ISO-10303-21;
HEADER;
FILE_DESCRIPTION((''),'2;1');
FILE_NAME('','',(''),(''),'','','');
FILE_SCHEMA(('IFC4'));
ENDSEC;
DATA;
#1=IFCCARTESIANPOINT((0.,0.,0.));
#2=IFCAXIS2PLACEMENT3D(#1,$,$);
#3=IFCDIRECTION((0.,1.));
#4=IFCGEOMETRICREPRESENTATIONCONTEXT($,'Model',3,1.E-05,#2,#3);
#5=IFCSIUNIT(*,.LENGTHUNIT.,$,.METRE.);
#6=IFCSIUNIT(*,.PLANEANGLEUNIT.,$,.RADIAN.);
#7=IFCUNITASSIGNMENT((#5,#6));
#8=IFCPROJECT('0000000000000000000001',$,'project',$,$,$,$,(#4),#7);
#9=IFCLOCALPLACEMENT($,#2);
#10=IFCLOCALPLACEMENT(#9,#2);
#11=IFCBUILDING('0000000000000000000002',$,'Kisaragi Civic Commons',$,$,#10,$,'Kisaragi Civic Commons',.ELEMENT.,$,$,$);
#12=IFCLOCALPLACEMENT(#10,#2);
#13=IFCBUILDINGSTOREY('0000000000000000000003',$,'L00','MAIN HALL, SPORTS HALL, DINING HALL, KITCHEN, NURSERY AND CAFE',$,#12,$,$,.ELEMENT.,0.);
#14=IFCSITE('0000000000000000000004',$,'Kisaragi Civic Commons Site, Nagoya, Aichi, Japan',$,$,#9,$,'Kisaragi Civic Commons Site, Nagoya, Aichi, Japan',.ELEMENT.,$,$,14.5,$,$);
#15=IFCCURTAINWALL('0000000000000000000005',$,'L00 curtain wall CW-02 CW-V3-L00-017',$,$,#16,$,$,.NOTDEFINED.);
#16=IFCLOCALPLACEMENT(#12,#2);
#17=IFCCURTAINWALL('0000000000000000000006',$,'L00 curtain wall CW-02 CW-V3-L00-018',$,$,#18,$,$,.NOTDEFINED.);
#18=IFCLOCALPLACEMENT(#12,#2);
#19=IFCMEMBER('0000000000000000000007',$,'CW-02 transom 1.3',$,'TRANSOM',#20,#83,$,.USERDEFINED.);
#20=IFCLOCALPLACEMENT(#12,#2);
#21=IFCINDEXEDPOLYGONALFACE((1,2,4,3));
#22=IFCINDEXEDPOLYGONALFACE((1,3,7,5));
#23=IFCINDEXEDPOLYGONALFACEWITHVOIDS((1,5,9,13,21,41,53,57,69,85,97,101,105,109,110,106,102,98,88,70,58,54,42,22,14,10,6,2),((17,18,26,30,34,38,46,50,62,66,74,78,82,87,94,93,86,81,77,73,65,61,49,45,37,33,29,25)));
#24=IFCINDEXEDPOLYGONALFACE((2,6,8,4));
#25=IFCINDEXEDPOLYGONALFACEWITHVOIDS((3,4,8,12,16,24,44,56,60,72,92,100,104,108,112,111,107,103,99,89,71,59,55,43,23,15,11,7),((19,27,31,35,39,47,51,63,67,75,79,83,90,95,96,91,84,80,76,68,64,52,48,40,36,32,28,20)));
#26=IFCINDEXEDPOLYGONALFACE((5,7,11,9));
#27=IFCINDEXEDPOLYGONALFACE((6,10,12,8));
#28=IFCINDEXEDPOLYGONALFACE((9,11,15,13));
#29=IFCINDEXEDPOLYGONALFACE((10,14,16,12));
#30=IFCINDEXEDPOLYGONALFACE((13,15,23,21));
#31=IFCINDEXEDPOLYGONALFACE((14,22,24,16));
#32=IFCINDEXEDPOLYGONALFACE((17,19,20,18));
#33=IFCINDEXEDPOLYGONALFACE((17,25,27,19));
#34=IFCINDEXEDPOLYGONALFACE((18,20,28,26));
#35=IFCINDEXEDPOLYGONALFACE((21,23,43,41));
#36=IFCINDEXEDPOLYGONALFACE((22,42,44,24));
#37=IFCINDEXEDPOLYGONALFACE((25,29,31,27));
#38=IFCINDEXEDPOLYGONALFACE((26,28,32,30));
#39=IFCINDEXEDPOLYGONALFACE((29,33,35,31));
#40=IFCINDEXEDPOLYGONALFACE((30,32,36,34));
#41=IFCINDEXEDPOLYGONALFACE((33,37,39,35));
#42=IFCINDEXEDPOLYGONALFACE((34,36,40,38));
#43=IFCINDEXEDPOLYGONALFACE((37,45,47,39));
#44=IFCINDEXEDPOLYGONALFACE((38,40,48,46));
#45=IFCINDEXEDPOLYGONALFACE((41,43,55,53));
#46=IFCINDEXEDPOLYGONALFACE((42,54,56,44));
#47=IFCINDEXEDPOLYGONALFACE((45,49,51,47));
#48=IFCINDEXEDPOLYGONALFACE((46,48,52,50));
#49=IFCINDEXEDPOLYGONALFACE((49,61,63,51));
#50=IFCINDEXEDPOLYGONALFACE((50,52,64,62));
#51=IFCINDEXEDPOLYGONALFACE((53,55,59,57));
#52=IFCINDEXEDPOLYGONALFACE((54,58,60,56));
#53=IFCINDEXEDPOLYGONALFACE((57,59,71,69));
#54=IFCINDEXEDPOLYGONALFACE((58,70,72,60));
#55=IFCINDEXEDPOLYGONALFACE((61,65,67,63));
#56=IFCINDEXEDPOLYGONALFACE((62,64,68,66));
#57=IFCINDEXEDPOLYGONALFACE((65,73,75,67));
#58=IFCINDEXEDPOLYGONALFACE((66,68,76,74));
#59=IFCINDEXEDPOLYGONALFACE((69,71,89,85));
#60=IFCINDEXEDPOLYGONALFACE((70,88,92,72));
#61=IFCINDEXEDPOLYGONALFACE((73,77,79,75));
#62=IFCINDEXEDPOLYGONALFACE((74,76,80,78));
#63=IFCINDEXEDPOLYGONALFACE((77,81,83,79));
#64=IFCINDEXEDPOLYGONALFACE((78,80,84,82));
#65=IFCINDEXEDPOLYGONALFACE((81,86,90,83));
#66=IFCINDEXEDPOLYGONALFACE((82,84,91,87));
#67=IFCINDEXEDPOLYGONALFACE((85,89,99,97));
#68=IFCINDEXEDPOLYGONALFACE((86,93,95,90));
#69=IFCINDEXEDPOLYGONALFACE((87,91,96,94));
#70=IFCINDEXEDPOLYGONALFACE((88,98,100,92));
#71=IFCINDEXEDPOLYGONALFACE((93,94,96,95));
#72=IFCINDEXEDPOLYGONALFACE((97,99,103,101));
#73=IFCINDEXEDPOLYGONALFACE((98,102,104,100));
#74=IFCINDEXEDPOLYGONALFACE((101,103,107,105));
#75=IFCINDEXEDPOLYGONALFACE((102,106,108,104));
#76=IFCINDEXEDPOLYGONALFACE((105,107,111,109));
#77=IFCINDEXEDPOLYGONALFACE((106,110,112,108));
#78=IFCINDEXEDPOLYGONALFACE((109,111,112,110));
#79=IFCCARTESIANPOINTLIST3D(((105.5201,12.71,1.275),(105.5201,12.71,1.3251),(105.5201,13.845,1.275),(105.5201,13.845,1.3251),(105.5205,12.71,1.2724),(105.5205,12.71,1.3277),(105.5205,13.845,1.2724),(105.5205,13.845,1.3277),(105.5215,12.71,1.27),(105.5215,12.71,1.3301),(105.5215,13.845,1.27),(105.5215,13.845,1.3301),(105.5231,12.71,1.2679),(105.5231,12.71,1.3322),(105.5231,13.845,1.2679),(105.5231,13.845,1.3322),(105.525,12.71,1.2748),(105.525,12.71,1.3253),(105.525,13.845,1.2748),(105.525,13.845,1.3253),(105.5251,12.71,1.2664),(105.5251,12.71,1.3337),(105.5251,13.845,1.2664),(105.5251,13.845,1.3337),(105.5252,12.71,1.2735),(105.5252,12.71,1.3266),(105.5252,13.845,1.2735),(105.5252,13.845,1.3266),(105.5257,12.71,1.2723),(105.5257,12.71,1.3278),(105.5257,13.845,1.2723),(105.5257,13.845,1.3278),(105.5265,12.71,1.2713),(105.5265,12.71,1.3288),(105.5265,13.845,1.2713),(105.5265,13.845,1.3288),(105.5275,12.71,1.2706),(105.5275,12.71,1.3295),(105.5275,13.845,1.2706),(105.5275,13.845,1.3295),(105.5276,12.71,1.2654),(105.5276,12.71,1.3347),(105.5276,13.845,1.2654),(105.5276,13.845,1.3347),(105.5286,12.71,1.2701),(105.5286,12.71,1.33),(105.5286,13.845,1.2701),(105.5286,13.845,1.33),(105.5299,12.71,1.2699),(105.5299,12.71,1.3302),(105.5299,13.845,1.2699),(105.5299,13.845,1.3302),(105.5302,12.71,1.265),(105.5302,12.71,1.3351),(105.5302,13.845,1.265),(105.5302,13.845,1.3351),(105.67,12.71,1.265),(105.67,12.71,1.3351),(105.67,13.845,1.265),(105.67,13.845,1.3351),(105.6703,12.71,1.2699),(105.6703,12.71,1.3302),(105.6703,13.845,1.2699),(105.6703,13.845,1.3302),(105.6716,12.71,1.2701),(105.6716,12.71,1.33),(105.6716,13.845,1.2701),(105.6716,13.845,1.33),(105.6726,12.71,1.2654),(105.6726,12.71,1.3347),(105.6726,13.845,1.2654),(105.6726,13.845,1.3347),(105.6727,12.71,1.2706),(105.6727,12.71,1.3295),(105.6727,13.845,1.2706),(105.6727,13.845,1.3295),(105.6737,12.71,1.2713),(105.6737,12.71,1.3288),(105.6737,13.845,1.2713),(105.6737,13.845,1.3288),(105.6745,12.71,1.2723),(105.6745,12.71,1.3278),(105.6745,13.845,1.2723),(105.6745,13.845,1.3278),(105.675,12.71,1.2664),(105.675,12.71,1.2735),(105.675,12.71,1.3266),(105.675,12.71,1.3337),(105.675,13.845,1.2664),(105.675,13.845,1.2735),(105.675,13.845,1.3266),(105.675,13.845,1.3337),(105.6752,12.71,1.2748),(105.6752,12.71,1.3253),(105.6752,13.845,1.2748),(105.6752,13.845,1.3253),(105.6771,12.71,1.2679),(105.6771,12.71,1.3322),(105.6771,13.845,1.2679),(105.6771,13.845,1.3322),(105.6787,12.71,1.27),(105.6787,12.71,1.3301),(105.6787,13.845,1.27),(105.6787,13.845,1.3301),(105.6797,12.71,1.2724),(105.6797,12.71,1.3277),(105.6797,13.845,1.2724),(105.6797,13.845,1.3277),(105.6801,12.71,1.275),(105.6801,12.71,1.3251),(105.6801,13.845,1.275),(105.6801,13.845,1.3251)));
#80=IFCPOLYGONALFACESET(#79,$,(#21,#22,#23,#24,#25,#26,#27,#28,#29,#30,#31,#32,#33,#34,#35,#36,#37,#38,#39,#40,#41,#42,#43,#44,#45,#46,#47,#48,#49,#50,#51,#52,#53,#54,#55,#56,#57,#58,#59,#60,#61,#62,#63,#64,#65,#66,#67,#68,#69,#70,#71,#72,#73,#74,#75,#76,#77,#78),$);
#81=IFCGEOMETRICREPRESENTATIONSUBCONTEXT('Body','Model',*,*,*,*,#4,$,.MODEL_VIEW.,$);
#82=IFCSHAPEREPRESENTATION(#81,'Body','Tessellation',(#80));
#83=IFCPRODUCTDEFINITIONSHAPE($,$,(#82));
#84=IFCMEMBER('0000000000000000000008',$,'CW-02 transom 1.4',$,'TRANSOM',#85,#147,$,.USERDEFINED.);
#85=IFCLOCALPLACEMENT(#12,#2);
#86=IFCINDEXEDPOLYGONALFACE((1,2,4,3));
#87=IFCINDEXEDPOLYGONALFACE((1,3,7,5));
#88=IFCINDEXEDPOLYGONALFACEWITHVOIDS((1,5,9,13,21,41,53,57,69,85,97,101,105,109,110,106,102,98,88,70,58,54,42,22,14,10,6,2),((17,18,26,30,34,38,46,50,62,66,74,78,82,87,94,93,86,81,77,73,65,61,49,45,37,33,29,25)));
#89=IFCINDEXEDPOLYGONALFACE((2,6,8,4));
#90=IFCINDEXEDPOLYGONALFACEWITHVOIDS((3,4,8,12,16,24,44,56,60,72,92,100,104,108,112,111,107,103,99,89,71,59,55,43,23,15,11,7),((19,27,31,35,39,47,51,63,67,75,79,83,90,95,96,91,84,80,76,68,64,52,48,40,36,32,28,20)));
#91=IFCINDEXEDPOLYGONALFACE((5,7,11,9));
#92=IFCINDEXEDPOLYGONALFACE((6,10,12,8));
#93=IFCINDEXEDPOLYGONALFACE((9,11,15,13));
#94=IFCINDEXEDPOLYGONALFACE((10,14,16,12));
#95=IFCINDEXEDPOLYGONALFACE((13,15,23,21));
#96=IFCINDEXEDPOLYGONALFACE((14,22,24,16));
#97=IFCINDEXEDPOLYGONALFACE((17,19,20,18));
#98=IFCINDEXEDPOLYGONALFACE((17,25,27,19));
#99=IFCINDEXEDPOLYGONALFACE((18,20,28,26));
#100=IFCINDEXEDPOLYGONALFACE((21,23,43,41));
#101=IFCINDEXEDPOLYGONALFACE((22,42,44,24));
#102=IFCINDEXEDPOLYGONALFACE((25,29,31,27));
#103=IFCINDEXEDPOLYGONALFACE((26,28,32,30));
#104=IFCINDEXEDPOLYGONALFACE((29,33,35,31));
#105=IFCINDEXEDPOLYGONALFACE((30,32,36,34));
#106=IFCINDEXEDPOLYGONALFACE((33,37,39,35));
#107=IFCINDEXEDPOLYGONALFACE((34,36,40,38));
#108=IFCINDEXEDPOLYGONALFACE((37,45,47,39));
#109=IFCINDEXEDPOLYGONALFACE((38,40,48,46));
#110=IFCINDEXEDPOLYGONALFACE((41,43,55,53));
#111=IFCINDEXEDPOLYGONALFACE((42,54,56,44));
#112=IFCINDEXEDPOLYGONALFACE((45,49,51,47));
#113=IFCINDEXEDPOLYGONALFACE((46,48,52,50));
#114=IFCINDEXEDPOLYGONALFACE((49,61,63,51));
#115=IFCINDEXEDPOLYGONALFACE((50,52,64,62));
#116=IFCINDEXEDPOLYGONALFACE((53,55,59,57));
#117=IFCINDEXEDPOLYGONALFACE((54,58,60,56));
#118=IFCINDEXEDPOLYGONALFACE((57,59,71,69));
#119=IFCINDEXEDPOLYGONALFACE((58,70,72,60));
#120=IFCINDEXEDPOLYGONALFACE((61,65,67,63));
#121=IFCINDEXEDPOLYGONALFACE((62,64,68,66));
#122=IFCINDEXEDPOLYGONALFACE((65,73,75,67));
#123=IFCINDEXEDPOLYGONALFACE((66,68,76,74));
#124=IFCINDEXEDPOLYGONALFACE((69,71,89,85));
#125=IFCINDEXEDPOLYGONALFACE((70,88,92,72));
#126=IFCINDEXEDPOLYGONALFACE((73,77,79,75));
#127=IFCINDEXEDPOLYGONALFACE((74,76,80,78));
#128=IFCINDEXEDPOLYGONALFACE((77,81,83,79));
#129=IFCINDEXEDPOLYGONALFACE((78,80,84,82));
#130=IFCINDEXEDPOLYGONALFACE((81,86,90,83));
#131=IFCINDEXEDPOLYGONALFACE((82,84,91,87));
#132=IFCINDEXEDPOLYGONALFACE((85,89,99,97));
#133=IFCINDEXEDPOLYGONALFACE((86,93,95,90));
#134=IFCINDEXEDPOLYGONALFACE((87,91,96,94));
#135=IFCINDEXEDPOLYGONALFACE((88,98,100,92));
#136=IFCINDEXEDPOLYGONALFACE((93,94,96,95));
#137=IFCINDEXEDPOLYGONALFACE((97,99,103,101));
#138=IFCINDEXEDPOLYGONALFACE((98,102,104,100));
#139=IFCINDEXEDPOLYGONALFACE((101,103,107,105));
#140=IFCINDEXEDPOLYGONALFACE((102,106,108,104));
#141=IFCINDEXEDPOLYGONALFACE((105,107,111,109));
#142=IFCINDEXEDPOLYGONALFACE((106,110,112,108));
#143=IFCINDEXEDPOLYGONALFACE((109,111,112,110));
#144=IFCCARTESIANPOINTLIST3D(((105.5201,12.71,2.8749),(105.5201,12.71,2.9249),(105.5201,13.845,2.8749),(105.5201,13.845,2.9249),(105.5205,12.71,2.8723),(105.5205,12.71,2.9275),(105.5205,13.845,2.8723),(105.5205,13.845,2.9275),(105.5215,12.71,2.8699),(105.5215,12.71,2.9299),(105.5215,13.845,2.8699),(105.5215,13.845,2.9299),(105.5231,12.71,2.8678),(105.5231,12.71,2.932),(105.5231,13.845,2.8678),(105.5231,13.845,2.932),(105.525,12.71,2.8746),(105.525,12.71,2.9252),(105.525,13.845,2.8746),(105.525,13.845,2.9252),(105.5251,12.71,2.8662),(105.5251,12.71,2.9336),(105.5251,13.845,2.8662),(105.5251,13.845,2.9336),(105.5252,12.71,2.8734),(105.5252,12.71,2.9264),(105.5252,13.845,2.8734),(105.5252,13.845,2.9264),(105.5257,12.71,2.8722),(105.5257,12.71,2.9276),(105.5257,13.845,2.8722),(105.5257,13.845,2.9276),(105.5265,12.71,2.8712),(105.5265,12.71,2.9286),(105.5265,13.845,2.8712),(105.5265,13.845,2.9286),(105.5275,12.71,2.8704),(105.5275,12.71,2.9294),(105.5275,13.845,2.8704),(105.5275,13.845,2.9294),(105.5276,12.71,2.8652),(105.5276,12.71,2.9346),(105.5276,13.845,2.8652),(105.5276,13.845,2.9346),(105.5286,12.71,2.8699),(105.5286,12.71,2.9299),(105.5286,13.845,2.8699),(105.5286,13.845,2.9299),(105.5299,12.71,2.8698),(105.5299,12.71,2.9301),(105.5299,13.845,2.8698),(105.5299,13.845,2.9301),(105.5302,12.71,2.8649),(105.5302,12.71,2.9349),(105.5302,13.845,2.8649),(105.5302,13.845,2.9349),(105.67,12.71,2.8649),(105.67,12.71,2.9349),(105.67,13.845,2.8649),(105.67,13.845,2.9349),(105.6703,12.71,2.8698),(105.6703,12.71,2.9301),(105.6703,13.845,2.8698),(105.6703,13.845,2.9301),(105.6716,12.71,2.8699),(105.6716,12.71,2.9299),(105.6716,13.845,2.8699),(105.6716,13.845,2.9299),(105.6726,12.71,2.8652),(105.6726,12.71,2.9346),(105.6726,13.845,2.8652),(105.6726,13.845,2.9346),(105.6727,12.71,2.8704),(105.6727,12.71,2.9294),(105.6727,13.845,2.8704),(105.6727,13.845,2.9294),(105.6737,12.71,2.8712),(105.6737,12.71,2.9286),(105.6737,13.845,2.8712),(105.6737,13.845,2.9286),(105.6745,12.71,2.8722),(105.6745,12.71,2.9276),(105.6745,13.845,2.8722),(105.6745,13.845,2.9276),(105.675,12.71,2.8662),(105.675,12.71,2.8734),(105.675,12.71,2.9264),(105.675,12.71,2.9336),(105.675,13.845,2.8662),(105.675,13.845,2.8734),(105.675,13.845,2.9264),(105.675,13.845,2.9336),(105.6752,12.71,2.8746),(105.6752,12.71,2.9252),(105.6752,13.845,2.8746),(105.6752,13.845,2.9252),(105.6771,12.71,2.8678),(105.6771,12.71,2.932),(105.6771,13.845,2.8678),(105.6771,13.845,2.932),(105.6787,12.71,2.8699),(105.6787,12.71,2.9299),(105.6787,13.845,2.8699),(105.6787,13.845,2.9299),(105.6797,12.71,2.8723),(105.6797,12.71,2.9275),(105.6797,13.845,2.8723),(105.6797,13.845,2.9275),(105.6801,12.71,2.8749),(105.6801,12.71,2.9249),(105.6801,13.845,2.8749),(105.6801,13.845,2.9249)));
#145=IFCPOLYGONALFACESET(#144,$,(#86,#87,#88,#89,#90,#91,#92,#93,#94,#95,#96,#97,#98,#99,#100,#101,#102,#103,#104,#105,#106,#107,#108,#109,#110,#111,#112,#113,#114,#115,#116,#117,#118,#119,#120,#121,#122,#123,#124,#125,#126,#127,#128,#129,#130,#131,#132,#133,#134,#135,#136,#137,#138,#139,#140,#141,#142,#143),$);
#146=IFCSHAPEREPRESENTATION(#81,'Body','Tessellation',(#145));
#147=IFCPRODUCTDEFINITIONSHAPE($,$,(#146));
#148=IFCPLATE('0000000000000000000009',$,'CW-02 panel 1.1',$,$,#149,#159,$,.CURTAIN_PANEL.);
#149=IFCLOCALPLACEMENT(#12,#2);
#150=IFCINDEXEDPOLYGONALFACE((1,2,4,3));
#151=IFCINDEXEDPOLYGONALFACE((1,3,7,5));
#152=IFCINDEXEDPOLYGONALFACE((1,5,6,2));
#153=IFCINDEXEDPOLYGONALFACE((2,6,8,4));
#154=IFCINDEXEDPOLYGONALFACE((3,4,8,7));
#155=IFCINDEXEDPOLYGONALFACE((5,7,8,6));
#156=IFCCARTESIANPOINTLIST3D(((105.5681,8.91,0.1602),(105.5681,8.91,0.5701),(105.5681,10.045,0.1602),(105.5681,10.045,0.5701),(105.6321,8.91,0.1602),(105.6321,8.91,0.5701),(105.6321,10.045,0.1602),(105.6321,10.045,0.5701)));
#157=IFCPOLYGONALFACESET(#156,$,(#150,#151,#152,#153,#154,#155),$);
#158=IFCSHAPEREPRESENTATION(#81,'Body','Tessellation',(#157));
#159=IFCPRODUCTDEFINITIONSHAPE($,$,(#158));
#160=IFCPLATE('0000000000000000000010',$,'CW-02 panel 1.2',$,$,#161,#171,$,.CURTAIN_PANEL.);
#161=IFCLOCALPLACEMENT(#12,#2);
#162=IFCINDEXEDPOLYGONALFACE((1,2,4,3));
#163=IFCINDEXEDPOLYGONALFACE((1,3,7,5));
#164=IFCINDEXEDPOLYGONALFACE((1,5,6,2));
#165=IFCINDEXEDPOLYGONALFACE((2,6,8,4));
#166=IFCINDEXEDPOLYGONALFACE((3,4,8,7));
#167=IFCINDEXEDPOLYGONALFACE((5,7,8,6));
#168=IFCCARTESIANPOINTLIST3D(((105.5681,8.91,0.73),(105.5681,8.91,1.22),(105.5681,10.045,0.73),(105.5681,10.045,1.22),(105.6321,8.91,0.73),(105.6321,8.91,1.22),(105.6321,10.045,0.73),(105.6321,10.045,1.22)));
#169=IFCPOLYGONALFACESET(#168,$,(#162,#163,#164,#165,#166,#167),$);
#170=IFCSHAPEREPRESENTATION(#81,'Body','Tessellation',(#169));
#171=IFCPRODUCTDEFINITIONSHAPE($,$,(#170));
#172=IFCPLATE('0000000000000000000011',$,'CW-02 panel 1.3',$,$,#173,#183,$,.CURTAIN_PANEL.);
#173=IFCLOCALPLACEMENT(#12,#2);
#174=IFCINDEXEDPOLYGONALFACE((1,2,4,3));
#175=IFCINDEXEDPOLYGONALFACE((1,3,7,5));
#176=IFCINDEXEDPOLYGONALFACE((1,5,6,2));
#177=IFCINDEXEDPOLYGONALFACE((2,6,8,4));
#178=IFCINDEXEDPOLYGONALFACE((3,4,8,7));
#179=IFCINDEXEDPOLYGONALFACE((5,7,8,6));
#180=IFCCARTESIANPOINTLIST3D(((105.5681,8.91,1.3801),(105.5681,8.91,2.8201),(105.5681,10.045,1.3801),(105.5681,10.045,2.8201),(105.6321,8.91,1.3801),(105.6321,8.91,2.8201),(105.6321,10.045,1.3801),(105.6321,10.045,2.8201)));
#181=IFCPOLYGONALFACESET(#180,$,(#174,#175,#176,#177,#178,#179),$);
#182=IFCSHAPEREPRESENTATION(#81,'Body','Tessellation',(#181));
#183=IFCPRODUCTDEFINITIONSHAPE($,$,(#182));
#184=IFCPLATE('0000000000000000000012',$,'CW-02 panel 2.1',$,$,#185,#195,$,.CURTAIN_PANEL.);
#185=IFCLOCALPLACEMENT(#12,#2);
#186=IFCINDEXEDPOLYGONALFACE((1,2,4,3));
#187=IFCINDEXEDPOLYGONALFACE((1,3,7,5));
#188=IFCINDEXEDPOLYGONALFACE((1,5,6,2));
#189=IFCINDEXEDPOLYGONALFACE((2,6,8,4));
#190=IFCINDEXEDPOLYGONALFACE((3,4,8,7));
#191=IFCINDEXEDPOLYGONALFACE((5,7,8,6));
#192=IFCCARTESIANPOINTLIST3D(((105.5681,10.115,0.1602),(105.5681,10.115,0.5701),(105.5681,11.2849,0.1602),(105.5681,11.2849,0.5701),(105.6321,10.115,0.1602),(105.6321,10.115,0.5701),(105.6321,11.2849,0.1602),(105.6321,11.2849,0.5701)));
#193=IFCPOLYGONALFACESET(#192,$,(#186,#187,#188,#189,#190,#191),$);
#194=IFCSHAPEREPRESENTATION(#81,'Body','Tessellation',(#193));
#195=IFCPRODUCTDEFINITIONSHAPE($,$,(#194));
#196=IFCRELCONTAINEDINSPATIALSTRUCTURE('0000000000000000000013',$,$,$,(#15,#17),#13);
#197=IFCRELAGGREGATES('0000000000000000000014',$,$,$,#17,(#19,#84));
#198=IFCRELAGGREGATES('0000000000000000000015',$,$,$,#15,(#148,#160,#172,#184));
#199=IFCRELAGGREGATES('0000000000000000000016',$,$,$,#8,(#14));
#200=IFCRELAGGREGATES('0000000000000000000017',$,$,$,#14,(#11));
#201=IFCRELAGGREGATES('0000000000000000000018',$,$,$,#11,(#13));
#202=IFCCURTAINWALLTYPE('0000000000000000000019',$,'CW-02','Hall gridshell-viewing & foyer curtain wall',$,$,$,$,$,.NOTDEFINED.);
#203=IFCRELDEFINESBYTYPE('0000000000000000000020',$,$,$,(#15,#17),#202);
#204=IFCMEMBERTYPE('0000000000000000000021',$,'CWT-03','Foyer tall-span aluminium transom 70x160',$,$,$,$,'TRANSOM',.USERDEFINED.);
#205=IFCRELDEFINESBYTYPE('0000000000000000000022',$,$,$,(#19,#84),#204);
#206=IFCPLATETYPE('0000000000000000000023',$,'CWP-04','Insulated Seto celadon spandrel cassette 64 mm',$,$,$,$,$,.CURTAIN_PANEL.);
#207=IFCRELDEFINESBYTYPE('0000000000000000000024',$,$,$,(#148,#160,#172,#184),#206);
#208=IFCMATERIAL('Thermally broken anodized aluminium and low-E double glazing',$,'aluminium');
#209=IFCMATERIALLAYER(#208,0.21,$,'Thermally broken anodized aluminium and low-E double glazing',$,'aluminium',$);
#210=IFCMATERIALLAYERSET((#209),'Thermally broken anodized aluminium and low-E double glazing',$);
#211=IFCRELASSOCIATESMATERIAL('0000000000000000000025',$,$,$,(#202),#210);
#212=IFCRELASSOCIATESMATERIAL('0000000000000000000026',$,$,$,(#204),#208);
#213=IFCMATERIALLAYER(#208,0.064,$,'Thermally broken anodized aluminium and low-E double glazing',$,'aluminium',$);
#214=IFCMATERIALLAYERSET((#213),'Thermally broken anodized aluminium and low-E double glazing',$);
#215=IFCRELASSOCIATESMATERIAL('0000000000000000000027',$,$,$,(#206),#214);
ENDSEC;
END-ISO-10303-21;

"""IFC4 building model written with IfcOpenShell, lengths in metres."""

from ifc_helpers import new_model, si_unit, direction, frame, origin, origin_2d, place, context, subcontext, project, spatial, rectangle, hollow_rectangle, extrude, material, layer, layer_set, material_profile, profile_set, type_object, element, aggregate, save


model = new_model("IFC4")

# Units and contexts
model_context = context("Model", 3, precision=1e-05, world=origin(), true_north=direction((0.0, 1.0)))
body_context = subcontext(model_context, "Body", "Model", "MODEL_VIEW")
ifc_project = project(units=[si_unit("LENGTHUNIT", "METRE"), si_unit("PLANEANGLEUNIT", "RADIAN")], contexts=[model_context])

# Site, building, storey
site_placement = place(None, origin())
site = spatial("IfcSite", under=ifc_project, at=site_placement, Name="Kisaragi Civic Commons Site, Nagoya, Aichi, Japan", LongName="Kisaragi Civic Commons Site, Nagoya, Aichi, Japan", CompositionType="ELEMENT", RefElevation=14.5)
building_placement = place(site_placement, origin())
building = spatial("IfcBuilding", under=site, at=building_placement, Name="Kisaragi Civic Commons", LongName="Kisaragi Civic Commons", CompositionType="ELEMENT")
storey_placement = place(building_placement, origin())
storey = spatial("IfcBuildingStorey", under=building, at=storey_placement, Name="L00", Description="MAIN HALL, SPORTS HALL, DINING HALL, KITCHEN, NURSERY AND CAFE", CompositionType="ELEMENT", Elevation=0.0)

# Curtain wall
ifc_material_1 = material(Name="Thermally broken anodized aluminium and low-E double glazing", Category="aluminium")
ifc_layer_1 = layer(ifc_material_1, 0.21, Name="Thermally broken anodized aluminium and low-E double glazing", Category="aluminium")
ifc_layer_set_1 = layer_set([ifc_layer_1], Name="Thermally broken anodized aluminium and low-E double glazing")
curtain_wall_type = type_object("IfcCurtainWallType", Name="CW-02", Description="Hall gridshell-viewing & foyer curtain wall", PredefinedType="NOTDEFINED", material=ifc_layer_set_1)
curtain_wall_1_placement = place(storey_placement, origin())
curtain_wall_1 = element("IfcCurtainWall", 1, at=curtain_wall_1_placement, inside=storey, type_object=curtain_wall_type, Name="L00 curtain wall CW-02 CW-V3-L00-017", PredefinedType="NOTDEFINED")

# Curtain wall
curtain_wall_2_placement = place(storey_placement, origin())
curtain_wall_2 = element("IfcCurtainWall", 2, at=curtain_wall_2_placement, inside=storey, type_object=curtain_wall_type, Name="L00 curtain wall CW-02 CW-V3-L00-018", PredefinedType="NOTDEFINED")

# Members
ifc_material_profile_1 = material_profile(ifc_material_1, hollow_rectangle(XDim=0.1599, YDim=0.0701, WallThickness=0.0049, InnerFilletRadius=0.0049, OuterFilletRadius=0.01, at=origin_2d()), Name="CWT-70x160x5", Category="aluminium")
ifc_profile_set_1 = profile_set([ifc_material_profile_1], Name="Thermally broken anodized aluminium and low-E double glazing")
member_type_1 = type_object("IfcMemberType", Name="CWT-03", Description="Foyer tall-span aluminium transom 70x160", ElementType="TRANSOM", PredefinedType="USERDEFINED", material=ifc_profile_set_1)
member_1_placement = place(storey_placement, frame((105.6001, 12.71, 1.3), z_axis=(0.0, 1.0, 0.0), x_axis=(-1.0, 0.0, 0.0)))
member_1 = element("IfcMember", 3, at=member_1_placement, type_object=member_type_1, Name="CW-02 transom 1.3", ObjectType="TRANSOM", PredefinedType="USERDEFINED", context=body_context, shape_type="SweptSolid", body=[
    extrude(hollow_rectangle(XDim=0.1599, YDim=0.0701, WallThickness=0.0049, InnerFilletRadius=0.0049, OuterFilletRadius=0.01, at=origin_2d()), origin(), (0.0, 0.0, 1.0), 1.135),
])
member_2_placement = place(storey_placement, frame((105.6001, 12.71, 2.8999), z_axis=(0.0, 1.0, 0.0), x_axis=(-1.0, 0.0, 0.0)))
member_2 = element("IfcMember", 4, at=member_2_placement, type_object=member_type_1, Name="CW-02 transom 1.4", ObjectType="TRANSOM", PredefinedType="USERDEFINED", context=body_context, shape_type="SweptSolid", body=[
    extrude(hollow_rectangle(XDim=0.1599, YDim=0.0701, WallThickness=0.0049, InnerFilletRadius=0.0049, OuterFilletRadius=0.01, at=origin_2d()), origin(), (0.0, 0.0, 1.0), 1.135),
])
aggregate(curtain_wall_2, [member_1, member_2])

# Plates
ifc_layer_2 = layer(ifc_material_1, 0.064, Name="Thermally broken anodized aluminium and low-E double glazing", Category="aluminium")
ifc_layer_set_2 = layer_set([ifc_layer_2], Name="Thermally broken anodized aluminium and low-E double glazing")
plate_type = type_object("IfcPlateType", Name="CWP-04", Description="Insulated Seto celadon spandrel cassette 64 mm", PredefinedType="CURTAIN_PANEL", material=ifc_layer_set_2)
plate_1_placement = place(storey_placement, frame((105.6001, 9.4775, 0.1602), z_axis=(0.0, 0.0, 1.0), x_axis=(0.0, 1.0, 0.0)))
plate_1 = element("IfcPlate", 5, at=plate_1_placement, type_object=plate_type, Name="CW-02 panel 1.1", PredefinedType="CURTAIN_PANEL", context=body_context, shape_type="SweptSolid", body=[
    extrude(rectangle(XDim=1.135, YDim=0.064, at=origin_2d()), origin(), (0.0, 0.0, 1.0), 0.4099),
])
plate_2_placement = place(storey_placement, frame((105.6001, 9.4775, 0.73), z_axis=(0.0, 0.0, 1.0), x_axis=(0.0, 1.0, 0.0)))
plate_2 = element("IfcPlate", 6, at=plate_2_placement, type_object=plate_type, Name="CW-02 panel 1.2", PredefinedType="CURTAIN_PANEL", context=body_context, shape_type="SweptSolid", body=[
    extrude(rectangle(XDim=1.135, YDim=0.064, at=origin_2d()), origin(), (0.0, 0.0, 1.0), 0.49),
])
plate_3_placement = place(storey_placement, frame((105.6001, 9.4775, 1.3801), z_axis=(0.0, 0.0, 1.0), x_axis=(0.0, 1.0, 0.0)))
plate_3 = element("IfcPlate", 7, at=plate_3_placement, type_object=plate_type, Name="CW-02 panel 1.3", PredefinedType="CURTAIN_PANEL", context=body_context, shape_type="SweptSolid", body=[
    extrude(rectangle(XDim=1.135, YDim=0.064, at=origin_2d()), origin(), (0.0, 0.0, 1.0), 1.4399),
])
plate_4_placement = place(storey_placement, frame((105.6001, 10.7, 0.1602), z_axis=(0.0, 0.0, 1.0), x_axis=(0.0, 1.0, 0.0)))
plate_4 = element("IfcPlate", 8, at=plate_4_placement, type_object=plate_type, Name="CW-02 panel 2.1", PredefinedType="CURTAIN_PANEL", context=body_context, shape_type="SweptSolid", body=[
    extrude(rectangle(XDim=1.1699, YDim=0.064, at=origin_2d()), origin(), (0.0, 0.0, 1.0), 0.4099),
])
aggregate(curtain_wall_1, [plate_1, plate_2, plate_3, plate_4])

save(model, "model.ifc")
